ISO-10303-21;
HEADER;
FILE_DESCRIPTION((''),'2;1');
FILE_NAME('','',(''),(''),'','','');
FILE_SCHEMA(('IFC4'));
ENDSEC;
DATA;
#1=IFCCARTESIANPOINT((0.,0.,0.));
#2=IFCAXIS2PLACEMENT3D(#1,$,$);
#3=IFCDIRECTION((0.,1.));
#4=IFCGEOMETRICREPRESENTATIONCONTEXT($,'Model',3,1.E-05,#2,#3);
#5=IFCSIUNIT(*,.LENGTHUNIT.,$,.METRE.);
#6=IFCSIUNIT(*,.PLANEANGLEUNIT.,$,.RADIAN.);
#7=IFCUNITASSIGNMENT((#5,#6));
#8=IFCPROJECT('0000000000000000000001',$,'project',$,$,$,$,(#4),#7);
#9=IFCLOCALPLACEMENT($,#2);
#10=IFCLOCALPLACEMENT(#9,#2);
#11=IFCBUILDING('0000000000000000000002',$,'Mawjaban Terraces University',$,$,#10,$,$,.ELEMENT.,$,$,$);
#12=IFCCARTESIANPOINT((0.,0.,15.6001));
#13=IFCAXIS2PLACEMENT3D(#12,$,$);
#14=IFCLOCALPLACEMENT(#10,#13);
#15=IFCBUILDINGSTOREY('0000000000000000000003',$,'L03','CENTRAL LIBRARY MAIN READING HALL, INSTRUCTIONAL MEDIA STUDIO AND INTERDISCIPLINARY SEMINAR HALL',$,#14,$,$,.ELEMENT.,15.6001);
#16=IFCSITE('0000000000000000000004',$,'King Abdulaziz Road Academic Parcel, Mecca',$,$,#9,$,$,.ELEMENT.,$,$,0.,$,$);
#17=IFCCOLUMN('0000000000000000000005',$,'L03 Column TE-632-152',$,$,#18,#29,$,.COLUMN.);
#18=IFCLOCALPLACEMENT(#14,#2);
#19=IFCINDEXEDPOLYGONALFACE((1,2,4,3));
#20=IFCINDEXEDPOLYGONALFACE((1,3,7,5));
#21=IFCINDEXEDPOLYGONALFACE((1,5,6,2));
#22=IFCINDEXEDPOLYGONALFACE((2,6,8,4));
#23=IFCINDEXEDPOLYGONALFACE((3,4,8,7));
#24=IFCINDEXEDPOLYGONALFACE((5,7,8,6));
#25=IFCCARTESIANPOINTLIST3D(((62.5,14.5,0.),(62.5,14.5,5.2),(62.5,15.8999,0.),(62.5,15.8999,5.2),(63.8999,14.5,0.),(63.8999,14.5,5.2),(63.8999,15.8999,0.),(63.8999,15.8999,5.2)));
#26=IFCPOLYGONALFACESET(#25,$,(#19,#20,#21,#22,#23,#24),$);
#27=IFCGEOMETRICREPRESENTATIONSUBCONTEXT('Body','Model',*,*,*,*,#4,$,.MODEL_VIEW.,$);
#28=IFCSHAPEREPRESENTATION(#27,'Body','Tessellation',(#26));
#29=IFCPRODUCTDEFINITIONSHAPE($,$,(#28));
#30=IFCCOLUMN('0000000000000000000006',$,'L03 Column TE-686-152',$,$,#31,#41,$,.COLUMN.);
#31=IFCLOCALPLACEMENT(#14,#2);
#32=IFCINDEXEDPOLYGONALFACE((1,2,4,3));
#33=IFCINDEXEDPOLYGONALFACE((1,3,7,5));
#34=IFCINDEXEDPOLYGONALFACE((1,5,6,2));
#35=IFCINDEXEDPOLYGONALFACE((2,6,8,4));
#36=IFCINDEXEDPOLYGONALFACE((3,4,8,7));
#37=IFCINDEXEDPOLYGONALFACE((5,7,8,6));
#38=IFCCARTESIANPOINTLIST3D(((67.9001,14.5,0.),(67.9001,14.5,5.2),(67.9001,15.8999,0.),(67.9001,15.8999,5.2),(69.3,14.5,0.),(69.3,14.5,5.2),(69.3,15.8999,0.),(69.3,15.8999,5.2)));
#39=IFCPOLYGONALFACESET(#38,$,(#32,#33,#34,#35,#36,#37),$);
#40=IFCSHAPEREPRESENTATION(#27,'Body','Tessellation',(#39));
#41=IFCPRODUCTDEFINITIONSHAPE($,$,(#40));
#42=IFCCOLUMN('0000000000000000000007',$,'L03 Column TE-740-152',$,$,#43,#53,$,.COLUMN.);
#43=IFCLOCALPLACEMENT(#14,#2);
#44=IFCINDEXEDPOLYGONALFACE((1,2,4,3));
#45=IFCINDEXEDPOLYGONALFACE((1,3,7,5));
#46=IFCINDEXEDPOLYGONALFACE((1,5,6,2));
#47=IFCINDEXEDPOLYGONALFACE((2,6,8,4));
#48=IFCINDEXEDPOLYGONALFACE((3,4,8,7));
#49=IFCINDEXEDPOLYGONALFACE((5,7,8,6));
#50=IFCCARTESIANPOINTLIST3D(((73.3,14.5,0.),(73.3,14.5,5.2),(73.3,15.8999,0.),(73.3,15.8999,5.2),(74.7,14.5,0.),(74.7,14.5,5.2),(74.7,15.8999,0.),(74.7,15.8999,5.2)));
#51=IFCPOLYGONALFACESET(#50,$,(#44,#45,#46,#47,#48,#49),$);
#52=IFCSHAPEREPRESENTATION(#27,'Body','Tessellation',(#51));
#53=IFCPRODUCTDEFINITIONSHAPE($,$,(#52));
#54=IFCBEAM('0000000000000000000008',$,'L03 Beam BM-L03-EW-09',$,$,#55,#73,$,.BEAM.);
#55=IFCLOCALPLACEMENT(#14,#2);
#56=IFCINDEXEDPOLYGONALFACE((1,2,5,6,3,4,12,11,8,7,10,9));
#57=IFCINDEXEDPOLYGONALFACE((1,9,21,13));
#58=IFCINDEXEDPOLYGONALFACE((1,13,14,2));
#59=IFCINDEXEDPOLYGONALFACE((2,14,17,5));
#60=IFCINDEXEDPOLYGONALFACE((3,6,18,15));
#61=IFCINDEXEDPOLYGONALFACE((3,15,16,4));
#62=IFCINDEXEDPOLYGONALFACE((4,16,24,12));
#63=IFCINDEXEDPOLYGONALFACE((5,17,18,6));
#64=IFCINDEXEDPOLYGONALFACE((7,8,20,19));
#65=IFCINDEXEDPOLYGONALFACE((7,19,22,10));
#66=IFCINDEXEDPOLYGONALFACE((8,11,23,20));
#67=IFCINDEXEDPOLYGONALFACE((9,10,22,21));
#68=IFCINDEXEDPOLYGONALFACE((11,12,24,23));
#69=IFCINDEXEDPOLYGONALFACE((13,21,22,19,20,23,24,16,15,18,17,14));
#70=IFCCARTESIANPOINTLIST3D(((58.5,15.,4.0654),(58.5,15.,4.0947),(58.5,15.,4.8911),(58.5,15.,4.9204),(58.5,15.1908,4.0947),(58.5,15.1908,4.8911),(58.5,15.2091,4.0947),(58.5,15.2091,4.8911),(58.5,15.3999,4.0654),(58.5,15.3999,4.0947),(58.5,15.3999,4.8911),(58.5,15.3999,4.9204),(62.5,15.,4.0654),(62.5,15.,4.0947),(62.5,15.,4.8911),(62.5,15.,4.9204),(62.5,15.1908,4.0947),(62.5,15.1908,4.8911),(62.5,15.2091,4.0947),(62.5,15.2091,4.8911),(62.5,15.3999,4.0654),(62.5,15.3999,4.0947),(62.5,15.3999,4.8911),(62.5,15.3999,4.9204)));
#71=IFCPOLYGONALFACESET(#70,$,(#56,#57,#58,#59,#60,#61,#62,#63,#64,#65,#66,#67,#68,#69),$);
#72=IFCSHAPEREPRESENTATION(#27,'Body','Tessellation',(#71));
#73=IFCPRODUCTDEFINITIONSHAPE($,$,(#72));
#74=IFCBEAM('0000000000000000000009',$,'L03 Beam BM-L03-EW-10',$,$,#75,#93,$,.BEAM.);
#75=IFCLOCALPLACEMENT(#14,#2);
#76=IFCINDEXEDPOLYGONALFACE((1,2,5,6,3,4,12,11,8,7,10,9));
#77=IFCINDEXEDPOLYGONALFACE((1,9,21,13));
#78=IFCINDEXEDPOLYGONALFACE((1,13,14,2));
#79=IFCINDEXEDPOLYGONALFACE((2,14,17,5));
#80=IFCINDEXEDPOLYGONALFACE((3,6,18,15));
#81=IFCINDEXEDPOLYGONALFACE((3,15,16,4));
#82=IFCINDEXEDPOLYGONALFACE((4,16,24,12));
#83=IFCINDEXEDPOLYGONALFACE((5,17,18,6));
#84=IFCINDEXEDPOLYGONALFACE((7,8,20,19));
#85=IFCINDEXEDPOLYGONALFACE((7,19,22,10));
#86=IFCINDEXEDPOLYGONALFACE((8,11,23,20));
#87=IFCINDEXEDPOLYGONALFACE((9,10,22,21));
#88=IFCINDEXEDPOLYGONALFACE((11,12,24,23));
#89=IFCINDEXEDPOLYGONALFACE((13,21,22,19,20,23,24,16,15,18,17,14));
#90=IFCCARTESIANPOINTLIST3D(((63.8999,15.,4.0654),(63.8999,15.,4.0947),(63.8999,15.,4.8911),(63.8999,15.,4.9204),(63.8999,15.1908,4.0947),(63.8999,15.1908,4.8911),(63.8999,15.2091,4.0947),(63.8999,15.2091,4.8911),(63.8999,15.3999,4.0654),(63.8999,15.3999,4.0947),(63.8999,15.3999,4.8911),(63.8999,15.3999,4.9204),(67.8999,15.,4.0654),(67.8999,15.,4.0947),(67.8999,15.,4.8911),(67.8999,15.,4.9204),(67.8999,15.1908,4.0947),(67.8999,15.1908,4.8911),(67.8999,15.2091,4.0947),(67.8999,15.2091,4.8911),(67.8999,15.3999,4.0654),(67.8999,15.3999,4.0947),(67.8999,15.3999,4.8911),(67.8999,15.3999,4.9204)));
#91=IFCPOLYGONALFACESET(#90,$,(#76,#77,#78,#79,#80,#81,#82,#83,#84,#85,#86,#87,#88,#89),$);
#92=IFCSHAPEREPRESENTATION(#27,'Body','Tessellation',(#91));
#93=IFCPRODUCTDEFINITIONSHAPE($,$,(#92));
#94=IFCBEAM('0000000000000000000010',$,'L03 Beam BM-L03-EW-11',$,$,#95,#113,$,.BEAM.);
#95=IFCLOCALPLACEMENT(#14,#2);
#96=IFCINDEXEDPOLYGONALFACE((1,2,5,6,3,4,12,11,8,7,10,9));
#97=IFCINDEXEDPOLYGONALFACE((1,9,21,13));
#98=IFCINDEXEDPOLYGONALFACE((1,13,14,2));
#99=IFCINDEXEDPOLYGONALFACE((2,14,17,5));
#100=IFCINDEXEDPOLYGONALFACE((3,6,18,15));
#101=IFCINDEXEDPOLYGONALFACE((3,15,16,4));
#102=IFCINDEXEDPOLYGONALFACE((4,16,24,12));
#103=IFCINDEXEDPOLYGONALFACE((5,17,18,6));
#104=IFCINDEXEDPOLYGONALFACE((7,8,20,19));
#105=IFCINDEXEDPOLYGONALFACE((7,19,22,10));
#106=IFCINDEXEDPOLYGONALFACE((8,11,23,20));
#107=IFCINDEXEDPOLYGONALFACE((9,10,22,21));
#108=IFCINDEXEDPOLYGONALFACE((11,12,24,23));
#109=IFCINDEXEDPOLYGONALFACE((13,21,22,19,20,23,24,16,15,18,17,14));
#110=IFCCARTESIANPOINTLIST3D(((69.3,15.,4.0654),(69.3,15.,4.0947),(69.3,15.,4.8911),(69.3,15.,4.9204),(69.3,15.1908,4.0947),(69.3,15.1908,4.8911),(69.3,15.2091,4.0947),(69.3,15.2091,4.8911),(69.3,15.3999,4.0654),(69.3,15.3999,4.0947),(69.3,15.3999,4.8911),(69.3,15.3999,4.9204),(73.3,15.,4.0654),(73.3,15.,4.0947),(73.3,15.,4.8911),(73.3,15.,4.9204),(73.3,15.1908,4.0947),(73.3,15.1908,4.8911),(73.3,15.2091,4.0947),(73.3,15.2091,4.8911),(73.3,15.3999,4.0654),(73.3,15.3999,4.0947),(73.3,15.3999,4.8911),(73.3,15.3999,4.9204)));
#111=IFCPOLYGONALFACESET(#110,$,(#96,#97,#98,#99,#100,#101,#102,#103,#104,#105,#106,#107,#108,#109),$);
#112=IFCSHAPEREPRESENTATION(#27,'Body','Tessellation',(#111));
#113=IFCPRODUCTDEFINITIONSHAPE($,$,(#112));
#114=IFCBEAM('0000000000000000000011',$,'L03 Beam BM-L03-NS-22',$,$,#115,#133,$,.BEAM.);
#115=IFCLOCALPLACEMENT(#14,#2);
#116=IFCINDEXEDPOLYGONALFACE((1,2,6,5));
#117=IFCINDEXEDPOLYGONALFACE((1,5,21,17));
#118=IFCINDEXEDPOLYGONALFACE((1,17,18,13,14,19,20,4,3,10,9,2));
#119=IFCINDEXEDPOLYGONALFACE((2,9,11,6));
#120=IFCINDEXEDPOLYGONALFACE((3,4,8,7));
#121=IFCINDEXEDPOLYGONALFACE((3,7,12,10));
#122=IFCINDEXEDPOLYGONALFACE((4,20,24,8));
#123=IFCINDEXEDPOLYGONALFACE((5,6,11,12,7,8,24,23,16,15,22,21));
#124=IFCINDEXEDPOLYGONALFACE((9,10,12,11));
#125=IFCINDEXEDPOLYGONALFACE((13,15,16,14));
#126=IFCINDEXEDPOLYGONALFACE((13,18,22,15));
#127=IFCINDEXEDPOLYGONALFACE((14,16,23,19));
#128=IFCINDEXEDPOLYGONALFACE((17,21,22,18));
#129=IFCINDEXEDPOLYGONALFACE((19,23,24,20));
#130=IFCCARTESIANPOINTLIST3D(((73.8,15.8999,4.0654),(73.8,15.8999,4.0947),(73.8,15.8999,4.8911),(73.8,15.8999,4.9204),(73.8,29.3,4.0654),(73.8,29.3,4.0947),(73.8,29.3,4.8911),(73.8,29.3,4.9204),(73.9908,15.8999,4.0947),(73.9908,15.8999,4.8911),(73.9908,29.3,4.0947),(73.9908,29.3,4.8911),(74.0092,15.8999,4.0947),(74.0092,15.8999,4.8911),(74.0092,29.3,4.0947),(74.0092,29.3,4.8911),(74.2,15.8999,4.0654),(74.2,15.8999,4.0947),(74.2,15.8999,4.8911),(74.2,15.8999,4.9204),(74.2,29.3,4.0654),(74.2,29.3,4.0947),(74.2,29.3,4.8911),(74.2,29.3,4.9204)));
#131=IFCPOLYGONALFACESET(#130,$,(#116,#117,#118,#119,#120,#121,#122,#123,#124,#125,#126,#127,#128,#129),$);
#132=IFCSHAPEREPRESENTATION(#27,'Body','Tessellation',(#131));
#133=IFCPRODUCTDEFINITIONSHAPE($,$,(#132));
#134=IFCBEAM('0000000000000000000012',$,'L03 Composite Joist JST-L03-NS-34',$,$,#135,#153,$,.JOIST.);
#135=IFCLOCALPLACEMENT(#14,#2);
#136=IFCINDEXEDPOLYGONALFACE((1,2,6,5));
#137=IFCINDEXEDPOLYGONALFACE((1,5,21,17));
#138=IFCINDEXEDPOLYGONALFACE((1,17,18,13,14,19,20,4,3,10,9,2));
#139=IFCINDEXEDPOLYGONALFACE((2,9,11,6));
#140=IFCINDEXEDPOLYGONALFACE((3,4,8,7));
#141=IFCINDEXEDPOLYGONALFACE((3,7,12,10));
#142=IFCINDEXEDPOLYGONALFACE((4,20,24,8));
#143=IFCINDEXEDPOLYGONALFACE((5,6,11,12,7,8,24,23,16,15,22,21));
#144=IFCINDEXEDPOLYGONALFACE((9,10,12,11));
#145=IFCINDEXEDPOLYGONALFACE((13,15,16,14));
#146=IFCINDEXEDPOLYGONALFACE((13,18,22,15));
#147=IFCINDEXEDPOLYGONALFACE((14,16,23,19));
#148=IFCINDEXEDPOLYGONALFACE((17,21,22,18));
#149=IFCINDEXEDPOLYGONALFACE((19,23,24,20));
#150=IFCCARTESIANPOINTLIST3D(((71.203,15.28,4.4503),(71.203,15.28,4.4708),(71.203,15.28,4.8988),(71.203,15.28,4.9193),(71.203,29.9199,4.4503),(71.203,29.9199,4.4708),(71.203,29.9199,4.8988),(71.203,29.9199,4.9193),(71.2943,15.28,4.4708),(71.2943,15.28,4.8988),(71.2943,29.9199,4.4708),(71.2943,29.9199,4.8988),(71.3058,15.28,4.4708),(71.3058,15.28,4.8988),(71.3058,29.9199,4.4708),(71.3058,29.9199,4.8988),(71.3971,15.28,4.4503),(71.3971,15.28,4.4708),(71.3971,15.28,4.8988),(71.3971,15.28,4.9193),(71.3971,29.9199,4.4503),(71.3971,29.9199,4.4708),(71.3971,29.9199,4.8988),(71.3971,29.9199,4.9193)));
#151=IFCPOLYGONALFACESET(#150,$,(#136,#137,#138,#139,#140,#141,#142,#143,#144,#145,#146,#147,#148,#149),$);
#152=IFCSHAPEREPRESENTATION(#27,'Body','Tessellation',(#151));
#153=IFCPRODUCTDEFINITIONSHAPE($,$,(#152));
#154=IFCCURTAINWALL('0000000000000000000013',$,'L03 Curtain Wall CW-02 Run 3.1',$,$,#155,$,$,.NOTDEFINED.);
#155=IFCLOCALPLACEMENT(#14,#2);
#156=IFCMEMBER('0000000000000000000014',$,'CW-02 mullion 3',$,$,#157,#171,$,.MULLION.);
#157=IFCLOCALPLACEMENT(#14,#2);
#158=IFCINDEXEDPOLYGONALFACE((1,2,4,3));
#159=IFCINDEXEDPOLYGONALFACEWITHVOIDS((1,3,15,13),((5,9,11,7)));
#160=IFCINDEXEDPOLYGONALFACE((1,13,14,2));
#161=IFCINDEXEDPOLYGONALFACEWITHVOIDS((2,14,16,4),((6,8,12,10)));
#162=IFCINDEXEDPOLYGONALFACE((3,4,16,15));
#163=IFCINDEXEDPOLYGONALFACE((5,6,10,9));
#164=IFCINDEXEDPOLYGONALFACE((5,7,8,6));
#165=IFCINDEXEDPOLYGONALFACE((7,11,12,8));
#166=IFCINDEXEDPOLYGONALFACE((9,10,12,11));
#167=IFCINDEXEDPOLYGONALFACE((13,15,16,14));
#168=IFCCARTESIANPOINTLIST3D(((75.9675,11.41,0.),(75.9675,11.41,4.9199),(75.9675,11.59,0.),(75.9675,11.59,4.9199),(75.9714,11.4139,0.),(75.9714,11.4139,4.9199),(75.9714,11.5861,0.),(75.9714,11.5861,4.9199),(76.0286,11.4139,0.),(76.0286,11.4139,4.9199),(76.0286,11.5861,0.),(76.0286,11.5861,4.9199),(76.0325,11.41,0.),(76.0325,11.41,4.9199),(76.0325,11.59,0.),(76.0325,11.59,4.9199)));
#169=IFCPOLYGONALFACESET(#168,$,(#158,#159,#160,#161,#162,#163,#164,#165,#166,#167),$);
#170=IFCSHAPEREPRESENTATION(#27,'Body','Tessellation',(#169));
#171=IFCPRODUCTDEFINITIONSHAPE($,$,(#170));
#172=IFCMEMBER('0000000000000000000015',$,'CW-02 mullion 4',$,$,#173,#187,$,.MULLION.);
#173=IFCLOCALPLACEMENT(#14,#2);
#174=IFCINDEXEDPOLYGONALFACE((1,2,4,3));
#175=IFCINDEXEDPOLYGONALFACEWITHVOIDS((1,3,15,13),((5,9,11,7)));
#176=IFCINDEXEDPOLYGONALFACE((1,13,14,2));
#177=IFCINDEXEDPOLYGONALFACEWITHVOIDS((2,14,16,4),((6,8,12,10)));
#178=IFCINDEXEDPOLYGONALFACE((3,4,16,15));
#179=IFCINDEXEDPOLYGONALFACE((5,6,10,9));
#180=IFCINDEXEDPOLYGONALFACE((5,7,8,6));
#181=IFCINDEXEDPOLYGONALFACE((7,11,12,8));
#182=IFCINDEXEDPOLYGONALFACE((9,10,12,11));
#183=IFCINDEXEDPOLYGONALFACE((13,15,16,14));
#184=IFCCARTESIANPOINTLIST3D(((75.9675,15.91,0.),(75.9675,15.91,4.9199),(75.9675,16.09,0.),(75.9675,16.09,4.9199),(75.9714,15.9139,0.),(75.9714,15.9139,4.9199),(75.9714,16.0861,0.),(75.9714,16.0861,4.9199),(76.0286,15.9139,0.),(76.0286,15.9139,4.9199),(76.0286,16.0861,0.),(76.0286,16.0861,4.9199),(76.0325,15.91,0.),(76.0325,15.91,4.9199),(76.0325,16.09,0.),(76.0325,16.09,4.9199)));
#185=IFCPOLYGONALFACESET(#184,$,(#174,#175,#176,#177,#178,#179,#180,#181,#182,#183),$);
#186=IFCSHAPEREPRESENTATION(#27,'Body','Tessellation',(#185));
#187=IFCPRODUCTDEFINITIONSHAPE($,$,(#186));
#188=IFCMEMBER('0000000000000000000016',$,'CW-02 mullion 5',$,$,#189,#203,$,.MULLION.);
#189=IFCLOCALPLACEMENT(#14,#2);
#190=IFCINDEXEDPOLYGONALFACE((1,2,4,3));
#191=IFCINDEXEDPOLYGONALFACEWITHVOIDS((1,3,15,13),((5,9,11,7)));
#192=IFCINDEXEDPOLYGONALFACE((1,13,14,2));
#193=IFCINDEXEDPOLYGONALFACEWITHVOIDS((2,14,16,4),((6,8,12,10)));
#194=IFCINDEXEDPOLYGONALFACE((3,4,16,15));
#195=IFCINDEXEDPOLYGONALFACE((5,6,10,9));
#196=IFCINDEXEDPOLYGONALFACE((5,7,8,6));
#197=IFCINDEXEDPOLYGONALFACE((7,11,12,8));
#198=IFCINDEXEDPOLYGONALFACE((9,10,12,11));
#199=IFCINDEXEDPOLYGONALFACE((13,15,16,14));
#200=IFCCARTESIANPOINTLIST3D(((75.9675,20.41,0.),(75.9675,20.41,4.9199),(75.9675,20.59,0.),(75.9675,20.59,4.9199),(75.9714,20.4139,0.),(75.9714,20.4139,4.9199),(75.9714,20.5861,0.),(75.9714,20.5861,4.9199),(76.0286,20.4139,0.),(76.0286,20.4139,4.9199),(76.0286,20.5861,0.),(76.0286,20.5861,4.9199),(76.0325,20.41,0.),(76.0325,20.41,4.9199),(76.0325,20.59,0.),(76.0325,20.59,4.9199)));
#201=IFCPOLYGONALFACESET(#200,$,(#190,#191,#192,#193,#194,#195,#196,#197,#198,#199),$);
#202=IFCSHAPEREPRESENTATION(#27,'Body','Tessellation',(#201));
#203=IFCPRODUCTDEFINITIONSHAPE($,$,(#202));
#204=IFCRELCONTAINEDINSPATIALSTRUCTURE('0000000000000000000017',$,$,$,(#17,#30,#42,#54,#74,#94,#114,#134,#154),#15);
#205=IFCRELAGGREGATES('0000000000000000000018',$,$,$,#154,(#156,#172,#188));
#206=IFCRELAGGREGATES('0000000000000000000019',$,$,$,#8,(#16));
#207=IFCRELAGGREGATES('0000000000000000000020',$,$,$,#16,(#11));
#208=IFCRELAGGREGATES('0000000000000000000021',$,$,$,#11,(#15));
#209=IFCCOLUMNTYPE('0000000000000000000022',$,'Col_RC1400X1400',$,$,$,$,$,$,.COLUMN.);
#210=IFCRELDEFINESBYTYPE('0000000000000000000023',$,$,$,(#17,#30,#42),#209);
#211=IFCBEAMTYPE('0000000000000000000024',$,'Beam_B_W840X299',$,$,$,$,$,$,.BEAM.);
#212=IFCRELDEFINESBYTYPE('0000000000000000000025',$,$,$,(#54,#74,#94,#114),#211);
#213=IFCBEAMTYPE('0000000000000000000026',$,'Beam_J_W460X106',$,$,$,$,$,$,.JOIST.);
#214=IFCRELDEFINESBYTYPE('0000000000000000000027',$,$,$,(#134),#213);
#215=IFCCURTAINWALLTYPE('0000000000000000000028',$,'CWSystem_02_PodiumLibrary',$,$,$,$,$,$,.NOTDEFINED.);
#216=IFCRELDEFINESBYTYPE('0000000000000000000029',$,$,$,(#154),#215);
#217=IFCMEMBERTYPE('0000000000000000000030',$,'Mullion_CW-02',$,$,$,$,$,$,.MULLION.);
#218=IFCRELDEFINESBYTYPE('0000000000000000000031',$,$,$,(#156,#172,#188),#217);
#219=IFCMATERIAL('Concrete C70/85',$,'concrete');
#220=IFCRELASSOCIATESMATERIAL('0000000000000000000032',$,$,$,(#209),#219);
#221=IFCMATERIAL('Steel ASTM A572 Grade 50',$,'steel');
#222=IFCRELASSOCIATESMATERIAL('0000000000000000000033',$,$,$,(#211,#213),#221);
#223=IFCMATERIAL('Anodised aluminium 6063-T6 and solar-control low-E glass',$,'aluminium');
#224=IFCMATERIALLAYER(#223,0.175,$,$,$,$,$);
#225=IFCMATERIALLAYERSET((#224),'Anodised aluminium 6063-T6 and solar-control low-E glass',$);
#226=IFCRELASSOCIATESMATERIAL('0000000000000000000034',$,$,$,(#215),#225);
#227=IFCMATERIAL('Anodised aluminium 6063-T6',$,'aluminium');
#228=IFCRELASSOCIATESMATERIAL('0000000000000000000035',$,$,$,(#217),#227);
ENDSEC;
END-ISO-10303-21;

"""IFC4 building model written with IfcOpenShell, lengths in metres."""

from ifc_helpers import new_model, si_unit, direction, frame, origin, origin_2d, place, context, subcontext, project, spatial, rectangle, hollow_rectangle, i_section, extrude, material, layer, layer_set, material_profile, profile_set, type_object, element, aggregate, save


model = new_model("IFC4")

# Units and contexts
model_context = context("Model", 3, precision=1e-05, world=origin(), true_north=direction((0.0, 1.0)))
body_context = subcontext(model_context, "Body", "Model", "MODEL_VIEW")
ifc_project = project(units=[si_unit("LENGTHUNIT", "METRE"), si_unit("PLANEANGLEUNIT", "RADIAN")], contexts=[model_context])

# Site, building, storey
site_placement = place(None, origin())
site = spatial("IfcSite", under=ifc_project, at=site_placement, Name="King Abdulaziz Road Academic Parcel, Mecca", CompositionType="ELEMENT", RefElevation=0.0)
building_placement = place(site_placement, origin())
building = spatial("IfcBuilding", under=site, at=building_placement, Name="Mawjaban Terraces University", CompositionType="ELEMENT")
storey_placement = place(building_placement, frame((0.0, 0.0, 15.6001)))
storey = spatial("IfcBuildingStorey", under=building, at=storey_placement, Name="L03", Description="CENTRAL LIBRARY MAIN READING HALL, INSTRUCTIONAL MEDIA STUDIO AND INTERDISCIPLINARY SEMINAR HALL", CompositionType="ELEMENT", Elevation=15.6001)

# Columns
ifc_material_1 = material(Name="Concrete C70/85", Category="concrete")
ifc_material_profile_1 = material_profile(ifc_material_1, rectangle(XDim=1.3999, YDim=1.3999, at=origin_2d()), Name="RC1400X1400")
ifc_profile_set_1 = profile_set([ifc_material_profile_1], Name="Concrete C70/85")
column_type = type_object("IfcColumnType", Name="Col_RC1400X1400", PredefinedType="COLUMN", material=ifc_profile_set_1)
for number, where, z_axis, x_axis, name in (
    (1, (63.2, 15.2, 0.0), (0.0, 0.0, 1.0), (1.0, 0.0, 0.0), "L03 Column TE-632-152"),
    (2, (68.6001, 15.2, 0.0), (0.0, 0.0, 1.0), (1.0, 0.0, 0.0), "L03 Column TE-686-152"),
    (3, (74.0, 15.2, 0.0), (0.0, 0.0, 1.0), (1.0, 0.0, 0.0), "L03 Column TE-740-152"),
):
    element("IfcColumn", number, at=place(storey_placement, frame(where, z_axis=z_axis, x_axis=x_axis)), inside=storey, type_object=column_type, Name=name, PredefinedType="COLUMN", context=body_context, shape_type="SweptSolid", body=[
        extrude(rectangle(XDim=1.3999, YDim=1.3999, at=origin_2d()), origin(), (0.0, 0.0, 1.0), 5.2),
    ])

# Beams
ifc_material_2 = material(Name="Steel ASTM A572 Grade 50", Category="steel")
ifc_material_profile_2 = material_profile(ifc_material_2, i_section(OverallWidth=0.3999, OverallDepth=0.855, WebThickness=0.0183, FlangeThickness=0.0293, at=origin_2d()), Name="W840X299")
ifc_profile_set_2 = profile_set([ifc_material_profile_2], Name="Steel ASTM A572 Grade 50")
beam_type_1 = type_object("IfcBeamType", Name="Beam_B_W840X299", PredefinedType="BEAM", material=ifc_profile_set_2)
for number, where, z_axis, x_axis, name in (
    (4, (58.5, 15.2, 4.4929), (1.0, 0.0, 0.0), (0.0, 1.0, 0.0), "L03 Beam BM-L03-EW-09"),
    (5, (63.8999, 15.2, 4.4929), (1.0, 0.0, 0.0), (0.0, 1.0, 0.0), "L03 Beam BM-L03-EW-10"),
    (6, (69.3, 15.2, 4.4929), (1.0, 0.0, 0.0), (0.0, 1.0, 0.0), "L03 Beam BM-L03-EW-11"),
):
    element("IfcBeam", number, at=place(storey_placement, frame(where, z_axis=z_axis, x_axis=x_axis)), inside=storey, type_object=beam_type_1, Name=name, PredefinedType="BEAM", context=body_context, shape_type="SweptSolid", body=[
        extrude(i_section(OverallWidth=0.3999, OverallDepth=0.855, WebThickness=0.0183, FlangeThickness=0.0293, at=origin_2d()), origin(), (0.0, 0.0, 1.0), 4.0),
    ])
beam_1_placement = place(storey_placement, frame((74.0, 15.8999, 4.4929), z_axis=(0.0, 1.0, 0.0), x_axis=(-1.0, 0.0, 0.0)))
element("IfcBeam", 7, at=beam_1_placement, inside=storey, type_object=beam_type_1, Name="L03 Beam BM-L03-NS-22", PredefinedType="BEAM", context=body_context, shape_type="SweptSolid", body=[
    extrude(i_section(OverallWidth=0.3999, OverallDepth=0.855, WebThickness=0.0183, FlangeThickness=0.0293, at=origin_2d()), origin(), (0.0, 0.0, 1.0), 13.4001),
])
ifc_material_profile_3 = material_profile(ifc_material_2, i_section(OverallWidth=0.1941, OverallDepth=0.469, WebThickness=0.0115, FlangeThickness=0.0205, at=origin_2d()), Name="W460X106")
ifc_profile_set_3 = profile_set([ifc_material_profile_3], Name="Steel ASTM A572 Grade 50")
beam_type_2 = type_object("IfcBeamType", Name="Beam_J_W460X106", PredefinedType="JOIST", material=ifc_profile_set_3)
beam_2_placement = place(storey_placement, frame((71.3, 15.28, 4.6848), z_axis=(0.0, 1.0, 0.0), x_axis=(-1.0, 0.0, 0.0)))
element("IfcBeam", 8, at=beam_2_placement, inside=storey, type_object=beam_type_2, Name="L03 Composite Joist JST-L03-NS-34", PredefinedType="JOIST", context=body_context, shape_type="SweptSolid", body=[
    extrude(i_section(OverallWidth=0.1941, OverallDepth=0.469, WebThickness=0.0115, FlangeThickness=0.0205, at=origin_2d()), origin(), (0.0, 0.0, 1.0), 14.6399),
])

# Curtain wall, members
ifc_material_3 = material(Name="Anodised aluminium 6063-T6 and solar-control low-E glass", Category="aluminium")
ifc_layer_1 = layer(ifc_material_3, 0.175)
ifc_layer_set_1 = layer_set([ifc_layer_1], Name="Anodised aluminium 6063-T6 and solar-control low-E glass")
curtain_wall_type = type_object("IfcCurtainWallType", Name="CWSystem_02_PodiumLibrary", PredefinedType="NOTDEFINED", material=ifc_layer_set_1)
curtain_wall_placement = place(storey_placement, origin())
curtain_wall = element("IfcCurtainWall", 9, at=curtain_wall_placement, inside=storey, type_object=curtain_wall_type, Name="L03 Curtain Wall CW-02 Run 3.1", PredefinedType="NOTDEFINED")
ifc_material_4 = material(Name="Anodised aluminium 6063-T6", Category="aluminium")
ifc_material_profile_4 = material_profile(ifc_material_4, hollow_rectangle(XDim=0.0649, YDim=0.1799, WallThickness=0.0039, at=origin_2d()), Name="ALU180X65X4")
ifc_profile_set_4 = profile_set([ifc_material_profile_4], Name="Anodised aluminium 6063-T6")
member_type_1 = type_object("IfcMemberType", Name="Mullion_CW-02", PredefinedType="MULLION", material=ifc_profile_set_4)
member_1_placement = place(storey_placement, frame((76.0, 11.5, 0.0), z_axis=(0.0, 0.0, 1.0), x_axis=(-1.0, 0.0, 0.0)))
member_1 = element("IfcMember", 10, at=member_1_placement, type_object=member_type_1, Name="CW-02 mullion 3", PredefinedType="MULLION", context=body_context, shape_type="SweptSolid", body=[
    extrude(hollow_rectangle(XDim=0.0649, YDim=0.1799, WallThickness=0.0039, at=origin_2d()), origin(), (0.0, 0.0, 1.0), 4.9199),
])
member_2_placement = place(storey_placement, frame((76.0, 16.0, 0.0), z_axis=(0.0, 0.0, 1.0), x_axis=(-1.0, 0.0, 0.0)))
member_2 = element("IfcMember", 11, at=member_2_placement, type_object=member_type_1, Name="CW-02 mullion 4", PredefinedType="MULLION", context=body_context, shape_type="SweptSolid", body=[
    extrude(hollow_rectangle(XDim=0.0649, YDim=0.1799, WallThickness=0.0039, at=origin_2d()), origin(), (0.0, 0.0, 1.0), 4.9199),
])
member_3_placement = place(storey_placement, frame((76.0, 20.5, 0.0), z_axis=(0.0, 0.0, 1.0), x_axis=(-1.0, 0.0, 0.0)))
member_3 = element("IfcMember", 12, at=member_3_placement, type_object=member_type_1, Name="CW-02 mullion 5", PredefinedType="MULLION", context=body_context, shape_type="SweptSolid", body=[
    extrude(hollow_rectangle(XDim=0.0649, YDim=0.1799, WallThickness=0.0039, at=origin_2d()), origin(), (0.0, 0.0, 1.0), 4.9199),
])
aggregate(curtain_wall, [member_1, member_2, member_3])

save(model, "model.ifc")
